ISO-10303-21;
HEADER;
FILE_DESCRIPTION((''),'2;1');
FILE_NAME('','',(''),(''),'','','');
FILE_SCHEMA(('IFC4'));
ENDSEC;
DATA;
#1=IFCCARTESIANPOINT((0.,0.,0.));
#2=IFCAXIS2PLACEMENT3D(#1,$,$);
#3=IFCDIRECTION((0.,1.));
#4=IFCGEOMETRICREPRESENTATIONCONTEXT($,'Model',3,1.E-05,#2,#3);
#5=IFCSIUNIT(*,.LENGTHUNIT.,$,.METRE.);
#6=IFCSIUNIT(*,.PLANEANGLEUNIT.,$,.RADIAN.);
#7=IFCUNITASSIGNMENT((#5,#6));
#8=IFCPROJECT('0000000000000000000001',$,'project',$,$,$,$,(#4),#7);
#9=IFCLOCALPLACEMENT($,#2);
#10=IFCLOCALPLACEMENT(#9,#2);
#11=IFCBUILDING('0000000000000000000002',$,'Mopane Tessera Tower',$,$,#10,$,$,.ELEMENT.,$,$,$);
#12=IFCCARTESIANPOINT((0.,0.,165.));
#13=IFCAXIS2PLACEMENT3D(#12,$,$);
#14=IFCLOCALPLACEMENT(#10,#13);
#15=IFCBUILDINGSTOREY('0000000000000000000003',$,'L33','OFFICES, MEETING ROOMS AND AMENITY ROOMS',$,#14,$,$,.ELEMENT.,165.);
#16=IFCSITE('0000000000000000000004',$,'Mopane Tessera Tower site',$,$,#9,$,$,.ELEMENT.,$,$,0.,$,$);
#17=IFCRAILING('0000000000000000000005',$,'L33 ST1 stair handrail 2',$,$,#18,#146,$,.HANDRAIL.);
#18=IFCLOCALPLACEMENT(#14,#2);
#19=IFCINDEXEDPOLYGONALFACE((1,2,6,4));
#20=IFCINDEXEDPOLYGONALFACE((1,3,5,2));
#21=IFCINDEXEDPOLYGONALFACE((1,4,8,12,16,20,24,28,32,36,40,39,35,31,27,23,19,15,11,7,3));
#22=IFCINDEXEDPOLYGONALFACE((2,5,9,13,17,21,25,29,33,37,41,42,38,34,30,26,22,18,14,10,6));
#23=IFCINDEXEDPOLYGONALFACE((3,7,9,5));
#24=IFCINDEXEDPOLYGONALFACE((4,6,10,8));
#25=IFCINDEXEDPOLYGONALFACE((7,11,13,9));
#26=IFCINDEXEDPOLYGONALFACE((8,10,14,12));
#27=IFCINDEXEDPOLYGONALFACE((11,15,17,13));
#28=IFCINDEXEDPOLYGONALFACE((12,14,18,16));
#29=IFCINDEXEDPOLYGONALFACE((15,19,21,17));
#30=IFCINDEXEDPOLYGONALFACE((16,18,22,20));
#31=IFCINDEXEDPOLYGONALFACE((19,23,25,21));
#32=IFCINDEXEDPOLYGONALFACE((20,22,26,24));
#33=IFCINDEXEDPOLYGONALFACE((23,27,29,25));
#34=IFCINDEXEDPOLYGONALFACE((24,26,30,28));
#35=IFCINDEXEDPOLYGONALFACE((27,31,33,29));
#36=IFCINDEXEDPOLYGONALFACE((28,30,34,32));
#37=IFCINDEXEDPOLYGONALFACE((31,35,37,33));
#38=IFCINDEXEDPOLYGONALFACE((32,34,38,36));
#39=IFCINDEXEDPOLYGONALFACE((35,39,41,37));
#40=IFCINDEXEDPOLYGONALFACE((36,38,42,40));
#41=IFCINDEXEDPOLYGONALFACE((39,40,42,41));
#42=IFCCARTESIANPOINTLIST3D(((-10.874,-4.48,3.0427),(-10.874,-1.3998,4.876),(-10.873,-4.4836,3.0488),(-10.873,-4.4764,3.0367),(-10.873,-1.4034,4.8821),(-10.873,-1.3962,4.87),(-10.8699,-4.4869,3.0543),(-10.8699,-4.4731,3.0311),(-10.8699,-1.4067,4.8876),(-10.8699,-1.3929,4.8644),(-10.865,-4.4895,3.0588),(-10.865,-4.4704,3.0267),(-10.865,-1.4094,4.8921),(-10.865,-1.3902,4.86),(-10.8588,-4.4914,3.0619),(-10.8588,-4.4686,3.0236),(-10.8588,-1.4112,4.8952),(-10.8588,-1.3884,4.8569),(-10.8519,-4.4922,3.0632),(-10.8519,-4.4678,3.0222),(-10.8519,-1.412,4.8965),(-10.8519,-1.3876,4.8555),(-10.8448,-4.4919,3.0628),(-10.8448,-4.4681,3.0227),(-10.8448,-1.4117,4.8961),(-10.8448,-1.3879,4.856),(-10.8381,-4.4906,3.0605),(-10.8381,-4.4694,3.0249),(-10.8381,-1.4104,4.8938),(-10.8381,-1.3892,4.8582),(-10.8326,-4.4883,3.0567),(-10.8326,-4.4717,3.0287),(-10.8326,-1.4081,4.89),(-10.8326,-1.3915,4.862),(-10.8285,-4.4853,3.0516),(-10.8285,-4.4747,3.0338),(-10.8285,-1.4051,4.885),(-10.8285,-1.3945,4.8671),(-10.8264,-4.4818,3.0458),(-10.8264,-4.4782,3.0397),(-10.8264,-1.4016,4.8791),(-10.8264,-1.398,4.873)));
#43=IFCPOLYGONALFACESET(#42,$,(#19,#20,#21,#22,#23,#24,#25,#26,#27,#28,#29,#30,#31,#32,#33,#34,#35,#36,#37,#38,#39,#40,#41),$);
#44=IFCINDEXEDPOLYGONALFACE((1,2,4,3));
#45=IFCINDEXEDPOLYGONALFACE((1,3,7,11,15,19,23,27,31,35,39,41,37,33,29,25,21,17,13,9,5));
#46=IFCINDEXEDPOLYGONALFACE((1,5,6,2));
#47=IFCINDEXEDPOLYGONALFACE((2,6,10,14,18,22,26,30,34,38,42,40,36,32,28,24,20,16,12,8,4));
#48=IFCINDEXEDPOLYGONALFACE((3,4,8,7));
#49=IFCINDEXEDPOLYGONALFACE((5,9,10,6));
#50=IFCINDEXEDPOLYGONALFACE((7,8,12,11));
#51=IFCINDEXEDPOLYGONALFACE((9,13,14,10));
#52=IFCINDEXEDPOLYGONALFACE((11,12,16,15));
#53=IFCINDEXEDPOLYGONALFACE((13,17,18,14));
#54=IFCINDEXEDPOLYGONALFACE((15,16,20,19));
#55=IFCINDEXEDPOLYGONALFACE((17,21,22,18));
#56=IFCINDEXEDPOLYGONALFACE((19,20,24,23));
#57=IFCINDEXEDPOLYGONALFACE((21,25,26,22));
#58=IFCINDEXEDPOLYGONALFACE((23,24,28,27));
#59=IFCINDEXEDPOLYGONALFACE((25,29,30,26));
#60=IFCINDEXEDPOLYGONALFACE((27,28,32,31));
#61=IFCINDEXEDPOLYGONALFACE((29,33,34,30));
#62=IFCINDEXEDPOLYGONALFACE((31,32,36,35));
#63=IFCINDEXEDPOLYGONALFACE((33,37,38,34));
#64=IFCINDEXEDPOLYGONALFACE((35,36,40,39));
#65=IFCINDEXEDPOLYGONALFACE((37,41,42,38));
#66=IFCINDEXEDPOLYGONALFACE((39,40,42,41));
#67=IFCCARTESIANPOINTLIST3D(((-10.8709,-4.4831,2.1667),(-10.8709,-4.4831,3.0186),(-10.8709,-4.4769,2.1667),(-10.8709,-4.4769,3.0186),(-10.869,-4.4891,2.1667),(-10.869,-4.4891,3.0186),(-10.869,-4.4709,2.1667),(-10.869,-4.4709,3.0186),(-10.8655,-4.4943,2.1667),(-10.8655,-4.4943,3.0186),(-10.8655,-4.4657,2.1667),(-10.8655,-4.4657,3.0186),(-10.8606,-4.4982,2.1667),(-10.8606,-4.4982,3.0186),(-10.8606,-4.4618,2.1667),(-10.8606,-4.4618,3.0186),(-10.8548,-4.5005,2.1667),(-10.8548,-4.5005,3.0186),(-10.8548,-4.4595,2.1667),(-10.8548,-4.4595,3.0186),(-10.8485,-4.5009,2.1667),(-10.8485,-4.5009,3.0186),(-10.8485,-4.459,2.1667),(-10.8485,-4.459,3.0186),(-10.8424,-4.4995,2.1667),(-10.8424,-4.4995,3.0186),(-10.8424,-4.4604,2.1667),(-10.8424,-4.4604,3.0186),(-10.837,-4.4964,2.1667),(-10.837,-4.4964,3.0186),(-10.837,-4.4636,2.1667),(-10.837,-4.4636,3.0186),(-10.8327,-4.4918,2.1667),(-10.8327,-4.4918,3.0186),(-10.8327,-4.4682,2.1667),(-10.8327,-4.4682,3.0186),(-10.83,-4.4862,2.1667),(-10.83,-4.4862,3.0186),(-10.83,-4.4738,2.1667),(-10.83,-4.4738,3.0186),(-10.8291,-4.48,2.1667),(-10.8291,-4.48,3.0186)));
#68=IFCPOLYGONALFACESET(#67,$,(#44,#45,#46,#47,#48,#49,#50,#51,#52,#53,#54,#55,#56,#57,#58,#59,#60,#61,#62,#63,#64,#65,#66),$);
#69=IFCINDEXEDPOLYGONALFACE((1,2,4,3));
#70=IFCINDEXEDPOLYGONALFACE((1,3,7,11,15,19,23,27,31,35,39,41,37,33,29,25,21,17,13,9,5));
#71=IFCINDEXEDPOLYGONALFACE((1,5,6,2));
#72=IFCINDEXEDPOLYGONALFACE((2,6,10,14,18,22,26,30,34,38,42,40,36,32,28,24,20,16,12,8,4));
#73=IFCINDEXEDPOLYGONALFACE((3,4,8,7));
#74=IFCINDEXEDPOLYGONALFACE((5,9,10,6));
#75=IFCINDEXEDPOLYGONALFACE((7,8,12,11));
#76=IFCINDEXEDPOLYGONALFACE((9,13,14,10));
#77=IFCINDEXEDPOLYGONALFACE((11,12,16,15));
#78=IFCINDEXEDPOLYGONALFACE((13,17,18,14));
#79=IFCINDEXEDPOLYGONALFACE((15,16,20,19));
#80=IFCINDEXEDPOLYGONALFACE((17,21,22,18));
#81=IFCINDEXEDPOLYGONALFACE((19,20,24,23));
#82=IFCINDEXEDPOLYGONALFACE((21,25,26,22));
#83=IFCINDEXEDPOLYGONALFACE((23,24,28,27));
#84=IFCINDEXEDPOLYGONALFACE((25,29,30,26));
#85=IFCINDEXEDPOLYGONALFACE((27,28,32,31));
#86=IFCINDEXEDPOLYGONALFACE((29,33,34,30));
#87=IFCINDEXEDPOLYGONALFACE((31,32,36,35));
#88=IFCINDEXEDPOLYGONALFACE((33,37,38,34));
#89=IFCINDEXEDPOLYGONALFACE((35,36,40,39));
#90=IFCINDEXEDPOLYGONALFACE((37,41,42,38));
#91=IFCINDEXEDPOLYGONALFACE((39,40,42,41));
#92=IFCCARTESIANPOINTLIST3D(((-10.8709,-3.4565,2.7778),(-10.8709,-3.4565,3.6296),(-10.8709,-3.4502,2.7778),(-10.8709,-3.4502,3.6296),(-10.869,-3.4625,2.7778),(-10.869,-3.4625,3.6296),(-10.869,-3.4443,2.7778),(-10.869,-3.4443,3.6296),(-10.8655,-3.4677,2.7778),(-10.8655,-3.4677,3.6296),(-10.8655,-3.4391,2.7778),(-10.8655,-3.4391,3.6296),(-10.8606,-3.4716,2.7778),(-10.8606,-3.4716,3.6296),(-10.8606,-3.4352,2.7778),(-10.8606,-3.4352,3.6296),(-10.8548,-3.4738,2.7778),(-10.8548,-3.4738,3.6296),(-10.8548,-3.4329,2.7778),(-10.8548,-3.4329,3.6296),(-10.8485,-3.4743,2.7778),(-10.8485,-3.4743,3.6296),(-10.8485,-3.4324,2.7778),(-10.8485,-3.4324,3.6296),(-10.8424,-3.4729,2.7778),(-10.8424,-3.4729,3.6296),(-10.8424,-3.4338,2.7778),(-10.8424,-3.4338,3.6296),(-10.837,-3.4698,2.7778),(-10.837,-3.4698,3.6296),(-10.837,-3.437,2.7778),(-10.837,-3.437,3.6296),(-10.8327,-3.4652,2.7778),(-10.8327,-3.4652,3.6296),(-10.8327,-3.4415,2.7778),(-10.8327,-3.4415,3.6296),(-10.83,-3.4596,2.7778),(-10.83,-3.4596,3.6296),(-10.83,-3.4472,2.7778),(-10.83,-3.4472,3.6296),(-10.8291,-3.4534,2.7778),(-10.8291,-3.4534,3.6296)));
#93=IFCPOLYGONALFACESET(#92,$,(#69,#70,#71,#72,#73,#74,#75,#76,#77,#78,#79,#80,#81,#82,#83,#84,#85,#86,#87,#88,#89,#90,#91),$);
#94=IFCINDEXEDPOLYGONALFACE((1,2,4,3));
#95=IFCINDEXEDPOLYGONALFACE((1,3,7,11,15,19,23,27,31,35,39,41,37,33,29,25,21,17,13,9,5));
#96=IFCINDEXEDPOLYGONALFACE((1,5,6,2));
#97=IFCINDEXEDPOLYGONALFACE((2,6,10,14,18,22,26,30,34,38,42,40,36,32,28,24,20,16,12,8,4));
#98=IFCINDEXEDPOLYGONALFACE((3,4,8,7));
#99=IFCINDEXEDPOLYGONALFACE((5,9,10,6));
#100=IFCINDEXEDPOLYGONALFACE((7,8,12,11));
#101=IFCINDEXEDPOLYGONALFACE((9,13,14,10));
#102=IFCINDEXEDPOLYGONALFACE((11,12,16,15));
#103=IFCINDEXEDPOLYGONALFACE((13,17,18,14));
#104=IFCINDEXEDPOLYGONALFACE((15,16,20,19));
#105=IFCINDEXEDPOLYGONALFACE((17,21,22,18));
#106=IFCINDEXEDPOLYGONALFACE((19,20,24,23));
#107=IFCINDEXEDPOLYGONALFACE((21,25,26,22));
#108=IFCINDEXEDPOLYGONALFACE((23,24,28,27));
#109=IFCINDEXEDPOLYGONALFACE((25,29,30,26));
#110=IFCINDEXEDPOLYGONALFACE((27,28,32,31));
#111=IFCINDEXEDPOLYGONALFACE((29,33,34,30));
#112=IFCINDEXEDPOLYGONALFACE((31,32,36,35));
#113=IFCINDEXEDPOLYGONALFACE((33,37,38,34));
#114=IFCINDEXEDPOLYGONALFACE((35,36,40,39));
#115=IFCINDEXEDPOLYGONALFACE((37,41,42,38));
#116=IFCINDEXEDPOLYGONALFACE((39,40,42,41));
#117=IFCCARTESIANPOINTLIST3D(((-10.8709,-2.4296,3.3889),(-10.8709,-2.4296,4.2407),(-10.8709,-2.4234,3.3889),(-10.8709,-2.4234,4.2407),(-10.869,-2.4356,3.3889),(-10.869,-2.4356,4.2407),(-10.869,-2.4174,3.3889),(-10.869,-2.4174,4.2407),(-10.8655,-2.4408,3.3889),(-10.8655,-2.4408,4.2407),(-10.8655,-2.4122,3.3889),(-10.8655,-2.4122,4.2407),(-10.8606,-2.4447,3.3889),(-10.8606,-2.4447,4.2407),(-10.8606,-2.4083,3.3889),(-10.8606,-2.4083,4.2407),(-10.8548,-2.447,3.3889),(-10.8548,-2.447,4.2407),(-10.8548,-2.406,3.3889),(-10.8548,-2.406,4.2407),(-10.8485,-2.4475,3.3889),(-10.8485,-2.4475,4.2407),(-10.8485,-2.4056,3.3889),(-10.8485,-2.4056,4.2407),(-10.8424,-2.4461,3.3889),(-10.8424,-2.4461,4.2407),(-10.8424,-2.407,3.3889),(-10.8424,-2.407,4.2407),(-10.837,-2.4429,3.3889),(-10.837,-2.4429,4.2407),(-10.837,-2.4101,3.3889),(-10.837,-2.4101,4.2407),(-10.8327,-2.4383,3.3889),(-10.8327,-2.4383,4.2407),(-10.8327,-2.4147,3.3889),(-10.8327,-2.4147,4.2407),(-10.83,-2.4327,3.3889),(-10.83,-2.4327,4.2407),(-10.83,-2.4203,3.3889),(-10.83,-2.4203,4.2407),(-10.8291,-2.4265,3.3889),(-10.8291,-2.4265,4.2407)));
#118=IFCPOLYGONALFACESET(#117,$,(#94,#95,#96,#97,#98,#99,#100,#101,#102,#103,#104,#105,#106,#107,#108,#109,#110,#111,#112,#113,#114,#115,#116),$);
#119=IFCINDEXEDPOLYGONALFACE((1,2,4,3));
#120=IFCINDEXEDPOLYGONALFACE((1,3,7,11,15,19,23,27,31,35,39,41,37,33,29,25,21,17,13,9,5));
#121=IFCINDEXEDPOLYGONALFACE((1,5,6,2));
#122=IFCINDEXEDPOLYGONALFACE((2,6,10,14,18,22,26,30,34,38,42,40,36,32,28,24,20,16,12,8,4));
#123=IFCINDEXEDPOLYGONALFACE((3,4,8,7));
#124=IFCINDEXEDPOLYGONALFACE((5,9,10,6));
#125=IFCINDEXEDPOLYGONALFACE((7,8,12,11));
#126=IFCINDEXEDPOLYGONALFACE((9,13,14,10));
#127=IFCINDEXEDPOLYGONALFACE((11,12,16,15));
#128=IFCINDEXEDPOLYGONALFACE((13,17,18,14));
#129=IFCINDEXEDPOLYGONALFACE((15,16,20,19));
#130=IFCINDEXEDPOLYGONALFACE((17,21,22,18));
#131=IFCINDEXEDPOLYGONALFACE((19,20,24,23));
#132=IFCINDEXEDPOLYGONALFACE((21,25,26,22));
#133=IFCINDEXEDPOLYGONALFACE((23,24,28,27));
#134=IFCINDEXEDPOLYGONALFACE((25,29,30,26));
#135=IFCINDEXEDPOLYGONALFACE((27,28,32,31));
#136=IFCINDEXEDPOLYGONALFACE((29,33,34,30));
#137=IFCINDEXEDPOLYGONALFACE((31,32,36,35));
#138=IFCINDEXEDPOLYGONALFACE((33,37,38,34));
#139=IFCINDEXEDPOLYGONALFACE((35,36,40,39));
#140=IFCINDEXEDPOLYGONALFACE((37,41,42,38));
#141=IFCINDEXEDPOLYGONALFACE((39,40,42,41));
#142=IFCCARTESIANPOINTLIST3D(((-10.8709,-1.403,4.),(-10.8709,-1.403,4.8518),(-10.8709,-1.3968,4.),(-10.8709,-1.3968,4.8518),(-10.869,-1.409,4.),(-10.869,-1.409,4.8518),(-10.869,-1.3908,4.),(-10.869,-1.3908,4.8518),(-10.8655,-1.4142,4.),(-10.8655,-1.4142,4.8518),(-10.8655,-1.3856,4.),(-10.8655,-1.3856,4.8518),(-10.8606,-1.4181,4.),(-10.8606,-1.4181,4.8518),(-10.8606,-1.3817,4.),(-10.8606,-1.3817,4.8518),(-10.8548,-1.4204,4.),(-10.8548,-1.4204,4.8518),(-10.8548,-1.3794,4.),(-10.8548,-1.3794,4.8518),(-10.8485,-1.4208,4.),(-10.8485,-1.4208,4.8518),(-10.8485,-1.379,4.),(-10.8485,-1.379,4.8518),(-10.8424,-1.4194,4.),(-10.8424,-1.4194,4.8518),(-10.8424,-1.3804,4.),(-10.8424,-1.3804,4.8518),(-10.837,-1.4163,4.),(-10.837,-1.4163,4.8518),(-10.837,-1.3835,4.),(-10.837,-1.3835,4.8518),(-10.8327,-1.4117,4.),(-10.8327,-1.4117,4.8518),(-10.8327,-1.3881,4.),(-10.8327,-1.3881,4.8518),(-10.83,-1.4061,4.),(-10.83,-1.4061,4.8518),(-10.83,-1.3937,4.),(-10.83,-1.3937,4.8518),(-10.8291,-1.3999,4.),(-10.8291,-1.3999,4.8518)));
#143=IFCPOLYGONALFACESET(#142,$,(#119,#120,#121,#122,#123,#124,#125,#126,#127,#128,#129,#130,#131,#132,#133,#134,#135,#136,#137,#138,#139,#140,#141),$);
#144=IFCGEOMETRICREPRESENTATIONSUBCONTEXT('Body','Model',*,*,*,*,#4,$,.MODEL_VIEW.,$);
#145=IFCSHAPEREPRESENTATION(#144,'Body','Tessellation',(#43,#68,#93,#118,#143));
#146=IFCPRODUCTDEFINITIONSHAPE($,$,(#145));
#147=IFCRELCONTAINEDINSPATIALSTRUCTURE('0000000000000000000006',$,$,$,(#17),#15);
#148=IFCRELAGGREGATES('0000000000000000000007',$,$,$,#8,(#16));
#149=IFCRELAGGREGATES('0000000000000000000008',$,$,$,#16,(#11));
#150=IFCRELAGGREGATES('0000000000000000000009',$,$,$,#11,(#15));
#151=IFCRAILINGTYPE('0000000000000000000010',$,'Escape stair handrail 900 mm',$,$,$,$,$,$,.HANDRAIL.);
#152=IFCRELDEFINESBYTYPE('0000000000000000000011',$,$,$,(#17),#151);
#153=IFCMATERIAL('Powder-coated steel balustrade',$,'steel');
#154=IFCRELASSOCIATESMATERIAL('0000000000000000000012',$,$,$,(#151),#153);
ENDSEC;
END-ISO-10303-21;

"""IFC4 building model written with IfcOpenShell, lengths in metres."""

from ifc_helpers import new_model, si_unit, direction, frame, origin, origin_2d, place, context, subcontext, project, spatial, circle, extrude, material, type_object, element, save


model = new_model("IFC4")

# Units and contexts
model_context = context("Model", 3, precision=1e-05, world=origin(), true_north=direction((0.0, 1.0)))
body_context = subcontext(model_context, "Body", "Model", "MODEL_VIEW")
ifc_project = project(units=[si_unit("LENGTHUNIT", "METRE"), si_unit("PLANEANGLEUNIT", "RADIAN")], contexts=[model_context])

# Site, building, storey
site_placement = place(None, origin())
site = spatial("IfcSite", under=ifc_project, at=site_placement, Name="Mopane Tessera Tower site", CompositionType="ELEMENT", RefElevation=0.0)
building_placement = place(site_placement, origin())
building = spatial("IfcBuilding", under=site, at=building_placement, Name="Mopane Tessera Tower", CompositionType="ELEMENT")
storey_placement = place(building_placement, frame((0.0, 0.0, 165.0)))
storey = spatial("IfcBuildingStorey", under=building, at=storey_placement, Name="L33", Description="OFFICES, MEETING ROOMS AND AMENITY ROOMS", CompositionType="ELEMENT", Elevation=165.0)

# Railing
ifc_material_1 = material(Name="Powder-coated steel balustrade", Category="steel")
railing_type_1 = type_object("IfcRailingType", Name="Escape stair handrail 900 mm", PredefinedType="HANDRAIL", material=ifc_material_1)
railing_1_placement = place(storey_placement, frame((-10.8501, -4.48, 2.1667)))
element("IfcRailing", 1, at=railing_1_placement, inside=storey, type_object=railing_type_1, Name="L33 ST1 stair handrail 2", PredefinedType="HANDRAIL", context=body_context, shape_type="SweptSolid", body=[
    extrude(circle(Radius=0.0239, at=origin_2d()), frame((0.0, 0.0, 0.876), z_axis=(0.0, 0.859309, 0.511458), x_axis=(-1.0, 0.0, 0.0)), (0.0, 0.0, 1.0), 3.5845),
    extrude(circle(Radius=0.021, at=origin_2d()), origin(), (0.0, 0.0, 1.0), 0.8518),
    extrude(circle(Radius=0.021, at=origin_2d()), frame((0.0, 1.0266, 0.6111)), (0.0, 0.0, 1.0), 0.8518),
    extrude(circle(Radius=0.021, at=origin_2d()), frame((0.0, 2.0535, 1.2222)), (0.0, 0.0, 1.0), 0.8518),
    extrude(circle(Radius=0.021, at=origin_2d()), frame((0.0, 3.0801, 1.8333)), (0.0, 0.0, 1.0), 0.8518),
])

save(model, "model.ifc")
